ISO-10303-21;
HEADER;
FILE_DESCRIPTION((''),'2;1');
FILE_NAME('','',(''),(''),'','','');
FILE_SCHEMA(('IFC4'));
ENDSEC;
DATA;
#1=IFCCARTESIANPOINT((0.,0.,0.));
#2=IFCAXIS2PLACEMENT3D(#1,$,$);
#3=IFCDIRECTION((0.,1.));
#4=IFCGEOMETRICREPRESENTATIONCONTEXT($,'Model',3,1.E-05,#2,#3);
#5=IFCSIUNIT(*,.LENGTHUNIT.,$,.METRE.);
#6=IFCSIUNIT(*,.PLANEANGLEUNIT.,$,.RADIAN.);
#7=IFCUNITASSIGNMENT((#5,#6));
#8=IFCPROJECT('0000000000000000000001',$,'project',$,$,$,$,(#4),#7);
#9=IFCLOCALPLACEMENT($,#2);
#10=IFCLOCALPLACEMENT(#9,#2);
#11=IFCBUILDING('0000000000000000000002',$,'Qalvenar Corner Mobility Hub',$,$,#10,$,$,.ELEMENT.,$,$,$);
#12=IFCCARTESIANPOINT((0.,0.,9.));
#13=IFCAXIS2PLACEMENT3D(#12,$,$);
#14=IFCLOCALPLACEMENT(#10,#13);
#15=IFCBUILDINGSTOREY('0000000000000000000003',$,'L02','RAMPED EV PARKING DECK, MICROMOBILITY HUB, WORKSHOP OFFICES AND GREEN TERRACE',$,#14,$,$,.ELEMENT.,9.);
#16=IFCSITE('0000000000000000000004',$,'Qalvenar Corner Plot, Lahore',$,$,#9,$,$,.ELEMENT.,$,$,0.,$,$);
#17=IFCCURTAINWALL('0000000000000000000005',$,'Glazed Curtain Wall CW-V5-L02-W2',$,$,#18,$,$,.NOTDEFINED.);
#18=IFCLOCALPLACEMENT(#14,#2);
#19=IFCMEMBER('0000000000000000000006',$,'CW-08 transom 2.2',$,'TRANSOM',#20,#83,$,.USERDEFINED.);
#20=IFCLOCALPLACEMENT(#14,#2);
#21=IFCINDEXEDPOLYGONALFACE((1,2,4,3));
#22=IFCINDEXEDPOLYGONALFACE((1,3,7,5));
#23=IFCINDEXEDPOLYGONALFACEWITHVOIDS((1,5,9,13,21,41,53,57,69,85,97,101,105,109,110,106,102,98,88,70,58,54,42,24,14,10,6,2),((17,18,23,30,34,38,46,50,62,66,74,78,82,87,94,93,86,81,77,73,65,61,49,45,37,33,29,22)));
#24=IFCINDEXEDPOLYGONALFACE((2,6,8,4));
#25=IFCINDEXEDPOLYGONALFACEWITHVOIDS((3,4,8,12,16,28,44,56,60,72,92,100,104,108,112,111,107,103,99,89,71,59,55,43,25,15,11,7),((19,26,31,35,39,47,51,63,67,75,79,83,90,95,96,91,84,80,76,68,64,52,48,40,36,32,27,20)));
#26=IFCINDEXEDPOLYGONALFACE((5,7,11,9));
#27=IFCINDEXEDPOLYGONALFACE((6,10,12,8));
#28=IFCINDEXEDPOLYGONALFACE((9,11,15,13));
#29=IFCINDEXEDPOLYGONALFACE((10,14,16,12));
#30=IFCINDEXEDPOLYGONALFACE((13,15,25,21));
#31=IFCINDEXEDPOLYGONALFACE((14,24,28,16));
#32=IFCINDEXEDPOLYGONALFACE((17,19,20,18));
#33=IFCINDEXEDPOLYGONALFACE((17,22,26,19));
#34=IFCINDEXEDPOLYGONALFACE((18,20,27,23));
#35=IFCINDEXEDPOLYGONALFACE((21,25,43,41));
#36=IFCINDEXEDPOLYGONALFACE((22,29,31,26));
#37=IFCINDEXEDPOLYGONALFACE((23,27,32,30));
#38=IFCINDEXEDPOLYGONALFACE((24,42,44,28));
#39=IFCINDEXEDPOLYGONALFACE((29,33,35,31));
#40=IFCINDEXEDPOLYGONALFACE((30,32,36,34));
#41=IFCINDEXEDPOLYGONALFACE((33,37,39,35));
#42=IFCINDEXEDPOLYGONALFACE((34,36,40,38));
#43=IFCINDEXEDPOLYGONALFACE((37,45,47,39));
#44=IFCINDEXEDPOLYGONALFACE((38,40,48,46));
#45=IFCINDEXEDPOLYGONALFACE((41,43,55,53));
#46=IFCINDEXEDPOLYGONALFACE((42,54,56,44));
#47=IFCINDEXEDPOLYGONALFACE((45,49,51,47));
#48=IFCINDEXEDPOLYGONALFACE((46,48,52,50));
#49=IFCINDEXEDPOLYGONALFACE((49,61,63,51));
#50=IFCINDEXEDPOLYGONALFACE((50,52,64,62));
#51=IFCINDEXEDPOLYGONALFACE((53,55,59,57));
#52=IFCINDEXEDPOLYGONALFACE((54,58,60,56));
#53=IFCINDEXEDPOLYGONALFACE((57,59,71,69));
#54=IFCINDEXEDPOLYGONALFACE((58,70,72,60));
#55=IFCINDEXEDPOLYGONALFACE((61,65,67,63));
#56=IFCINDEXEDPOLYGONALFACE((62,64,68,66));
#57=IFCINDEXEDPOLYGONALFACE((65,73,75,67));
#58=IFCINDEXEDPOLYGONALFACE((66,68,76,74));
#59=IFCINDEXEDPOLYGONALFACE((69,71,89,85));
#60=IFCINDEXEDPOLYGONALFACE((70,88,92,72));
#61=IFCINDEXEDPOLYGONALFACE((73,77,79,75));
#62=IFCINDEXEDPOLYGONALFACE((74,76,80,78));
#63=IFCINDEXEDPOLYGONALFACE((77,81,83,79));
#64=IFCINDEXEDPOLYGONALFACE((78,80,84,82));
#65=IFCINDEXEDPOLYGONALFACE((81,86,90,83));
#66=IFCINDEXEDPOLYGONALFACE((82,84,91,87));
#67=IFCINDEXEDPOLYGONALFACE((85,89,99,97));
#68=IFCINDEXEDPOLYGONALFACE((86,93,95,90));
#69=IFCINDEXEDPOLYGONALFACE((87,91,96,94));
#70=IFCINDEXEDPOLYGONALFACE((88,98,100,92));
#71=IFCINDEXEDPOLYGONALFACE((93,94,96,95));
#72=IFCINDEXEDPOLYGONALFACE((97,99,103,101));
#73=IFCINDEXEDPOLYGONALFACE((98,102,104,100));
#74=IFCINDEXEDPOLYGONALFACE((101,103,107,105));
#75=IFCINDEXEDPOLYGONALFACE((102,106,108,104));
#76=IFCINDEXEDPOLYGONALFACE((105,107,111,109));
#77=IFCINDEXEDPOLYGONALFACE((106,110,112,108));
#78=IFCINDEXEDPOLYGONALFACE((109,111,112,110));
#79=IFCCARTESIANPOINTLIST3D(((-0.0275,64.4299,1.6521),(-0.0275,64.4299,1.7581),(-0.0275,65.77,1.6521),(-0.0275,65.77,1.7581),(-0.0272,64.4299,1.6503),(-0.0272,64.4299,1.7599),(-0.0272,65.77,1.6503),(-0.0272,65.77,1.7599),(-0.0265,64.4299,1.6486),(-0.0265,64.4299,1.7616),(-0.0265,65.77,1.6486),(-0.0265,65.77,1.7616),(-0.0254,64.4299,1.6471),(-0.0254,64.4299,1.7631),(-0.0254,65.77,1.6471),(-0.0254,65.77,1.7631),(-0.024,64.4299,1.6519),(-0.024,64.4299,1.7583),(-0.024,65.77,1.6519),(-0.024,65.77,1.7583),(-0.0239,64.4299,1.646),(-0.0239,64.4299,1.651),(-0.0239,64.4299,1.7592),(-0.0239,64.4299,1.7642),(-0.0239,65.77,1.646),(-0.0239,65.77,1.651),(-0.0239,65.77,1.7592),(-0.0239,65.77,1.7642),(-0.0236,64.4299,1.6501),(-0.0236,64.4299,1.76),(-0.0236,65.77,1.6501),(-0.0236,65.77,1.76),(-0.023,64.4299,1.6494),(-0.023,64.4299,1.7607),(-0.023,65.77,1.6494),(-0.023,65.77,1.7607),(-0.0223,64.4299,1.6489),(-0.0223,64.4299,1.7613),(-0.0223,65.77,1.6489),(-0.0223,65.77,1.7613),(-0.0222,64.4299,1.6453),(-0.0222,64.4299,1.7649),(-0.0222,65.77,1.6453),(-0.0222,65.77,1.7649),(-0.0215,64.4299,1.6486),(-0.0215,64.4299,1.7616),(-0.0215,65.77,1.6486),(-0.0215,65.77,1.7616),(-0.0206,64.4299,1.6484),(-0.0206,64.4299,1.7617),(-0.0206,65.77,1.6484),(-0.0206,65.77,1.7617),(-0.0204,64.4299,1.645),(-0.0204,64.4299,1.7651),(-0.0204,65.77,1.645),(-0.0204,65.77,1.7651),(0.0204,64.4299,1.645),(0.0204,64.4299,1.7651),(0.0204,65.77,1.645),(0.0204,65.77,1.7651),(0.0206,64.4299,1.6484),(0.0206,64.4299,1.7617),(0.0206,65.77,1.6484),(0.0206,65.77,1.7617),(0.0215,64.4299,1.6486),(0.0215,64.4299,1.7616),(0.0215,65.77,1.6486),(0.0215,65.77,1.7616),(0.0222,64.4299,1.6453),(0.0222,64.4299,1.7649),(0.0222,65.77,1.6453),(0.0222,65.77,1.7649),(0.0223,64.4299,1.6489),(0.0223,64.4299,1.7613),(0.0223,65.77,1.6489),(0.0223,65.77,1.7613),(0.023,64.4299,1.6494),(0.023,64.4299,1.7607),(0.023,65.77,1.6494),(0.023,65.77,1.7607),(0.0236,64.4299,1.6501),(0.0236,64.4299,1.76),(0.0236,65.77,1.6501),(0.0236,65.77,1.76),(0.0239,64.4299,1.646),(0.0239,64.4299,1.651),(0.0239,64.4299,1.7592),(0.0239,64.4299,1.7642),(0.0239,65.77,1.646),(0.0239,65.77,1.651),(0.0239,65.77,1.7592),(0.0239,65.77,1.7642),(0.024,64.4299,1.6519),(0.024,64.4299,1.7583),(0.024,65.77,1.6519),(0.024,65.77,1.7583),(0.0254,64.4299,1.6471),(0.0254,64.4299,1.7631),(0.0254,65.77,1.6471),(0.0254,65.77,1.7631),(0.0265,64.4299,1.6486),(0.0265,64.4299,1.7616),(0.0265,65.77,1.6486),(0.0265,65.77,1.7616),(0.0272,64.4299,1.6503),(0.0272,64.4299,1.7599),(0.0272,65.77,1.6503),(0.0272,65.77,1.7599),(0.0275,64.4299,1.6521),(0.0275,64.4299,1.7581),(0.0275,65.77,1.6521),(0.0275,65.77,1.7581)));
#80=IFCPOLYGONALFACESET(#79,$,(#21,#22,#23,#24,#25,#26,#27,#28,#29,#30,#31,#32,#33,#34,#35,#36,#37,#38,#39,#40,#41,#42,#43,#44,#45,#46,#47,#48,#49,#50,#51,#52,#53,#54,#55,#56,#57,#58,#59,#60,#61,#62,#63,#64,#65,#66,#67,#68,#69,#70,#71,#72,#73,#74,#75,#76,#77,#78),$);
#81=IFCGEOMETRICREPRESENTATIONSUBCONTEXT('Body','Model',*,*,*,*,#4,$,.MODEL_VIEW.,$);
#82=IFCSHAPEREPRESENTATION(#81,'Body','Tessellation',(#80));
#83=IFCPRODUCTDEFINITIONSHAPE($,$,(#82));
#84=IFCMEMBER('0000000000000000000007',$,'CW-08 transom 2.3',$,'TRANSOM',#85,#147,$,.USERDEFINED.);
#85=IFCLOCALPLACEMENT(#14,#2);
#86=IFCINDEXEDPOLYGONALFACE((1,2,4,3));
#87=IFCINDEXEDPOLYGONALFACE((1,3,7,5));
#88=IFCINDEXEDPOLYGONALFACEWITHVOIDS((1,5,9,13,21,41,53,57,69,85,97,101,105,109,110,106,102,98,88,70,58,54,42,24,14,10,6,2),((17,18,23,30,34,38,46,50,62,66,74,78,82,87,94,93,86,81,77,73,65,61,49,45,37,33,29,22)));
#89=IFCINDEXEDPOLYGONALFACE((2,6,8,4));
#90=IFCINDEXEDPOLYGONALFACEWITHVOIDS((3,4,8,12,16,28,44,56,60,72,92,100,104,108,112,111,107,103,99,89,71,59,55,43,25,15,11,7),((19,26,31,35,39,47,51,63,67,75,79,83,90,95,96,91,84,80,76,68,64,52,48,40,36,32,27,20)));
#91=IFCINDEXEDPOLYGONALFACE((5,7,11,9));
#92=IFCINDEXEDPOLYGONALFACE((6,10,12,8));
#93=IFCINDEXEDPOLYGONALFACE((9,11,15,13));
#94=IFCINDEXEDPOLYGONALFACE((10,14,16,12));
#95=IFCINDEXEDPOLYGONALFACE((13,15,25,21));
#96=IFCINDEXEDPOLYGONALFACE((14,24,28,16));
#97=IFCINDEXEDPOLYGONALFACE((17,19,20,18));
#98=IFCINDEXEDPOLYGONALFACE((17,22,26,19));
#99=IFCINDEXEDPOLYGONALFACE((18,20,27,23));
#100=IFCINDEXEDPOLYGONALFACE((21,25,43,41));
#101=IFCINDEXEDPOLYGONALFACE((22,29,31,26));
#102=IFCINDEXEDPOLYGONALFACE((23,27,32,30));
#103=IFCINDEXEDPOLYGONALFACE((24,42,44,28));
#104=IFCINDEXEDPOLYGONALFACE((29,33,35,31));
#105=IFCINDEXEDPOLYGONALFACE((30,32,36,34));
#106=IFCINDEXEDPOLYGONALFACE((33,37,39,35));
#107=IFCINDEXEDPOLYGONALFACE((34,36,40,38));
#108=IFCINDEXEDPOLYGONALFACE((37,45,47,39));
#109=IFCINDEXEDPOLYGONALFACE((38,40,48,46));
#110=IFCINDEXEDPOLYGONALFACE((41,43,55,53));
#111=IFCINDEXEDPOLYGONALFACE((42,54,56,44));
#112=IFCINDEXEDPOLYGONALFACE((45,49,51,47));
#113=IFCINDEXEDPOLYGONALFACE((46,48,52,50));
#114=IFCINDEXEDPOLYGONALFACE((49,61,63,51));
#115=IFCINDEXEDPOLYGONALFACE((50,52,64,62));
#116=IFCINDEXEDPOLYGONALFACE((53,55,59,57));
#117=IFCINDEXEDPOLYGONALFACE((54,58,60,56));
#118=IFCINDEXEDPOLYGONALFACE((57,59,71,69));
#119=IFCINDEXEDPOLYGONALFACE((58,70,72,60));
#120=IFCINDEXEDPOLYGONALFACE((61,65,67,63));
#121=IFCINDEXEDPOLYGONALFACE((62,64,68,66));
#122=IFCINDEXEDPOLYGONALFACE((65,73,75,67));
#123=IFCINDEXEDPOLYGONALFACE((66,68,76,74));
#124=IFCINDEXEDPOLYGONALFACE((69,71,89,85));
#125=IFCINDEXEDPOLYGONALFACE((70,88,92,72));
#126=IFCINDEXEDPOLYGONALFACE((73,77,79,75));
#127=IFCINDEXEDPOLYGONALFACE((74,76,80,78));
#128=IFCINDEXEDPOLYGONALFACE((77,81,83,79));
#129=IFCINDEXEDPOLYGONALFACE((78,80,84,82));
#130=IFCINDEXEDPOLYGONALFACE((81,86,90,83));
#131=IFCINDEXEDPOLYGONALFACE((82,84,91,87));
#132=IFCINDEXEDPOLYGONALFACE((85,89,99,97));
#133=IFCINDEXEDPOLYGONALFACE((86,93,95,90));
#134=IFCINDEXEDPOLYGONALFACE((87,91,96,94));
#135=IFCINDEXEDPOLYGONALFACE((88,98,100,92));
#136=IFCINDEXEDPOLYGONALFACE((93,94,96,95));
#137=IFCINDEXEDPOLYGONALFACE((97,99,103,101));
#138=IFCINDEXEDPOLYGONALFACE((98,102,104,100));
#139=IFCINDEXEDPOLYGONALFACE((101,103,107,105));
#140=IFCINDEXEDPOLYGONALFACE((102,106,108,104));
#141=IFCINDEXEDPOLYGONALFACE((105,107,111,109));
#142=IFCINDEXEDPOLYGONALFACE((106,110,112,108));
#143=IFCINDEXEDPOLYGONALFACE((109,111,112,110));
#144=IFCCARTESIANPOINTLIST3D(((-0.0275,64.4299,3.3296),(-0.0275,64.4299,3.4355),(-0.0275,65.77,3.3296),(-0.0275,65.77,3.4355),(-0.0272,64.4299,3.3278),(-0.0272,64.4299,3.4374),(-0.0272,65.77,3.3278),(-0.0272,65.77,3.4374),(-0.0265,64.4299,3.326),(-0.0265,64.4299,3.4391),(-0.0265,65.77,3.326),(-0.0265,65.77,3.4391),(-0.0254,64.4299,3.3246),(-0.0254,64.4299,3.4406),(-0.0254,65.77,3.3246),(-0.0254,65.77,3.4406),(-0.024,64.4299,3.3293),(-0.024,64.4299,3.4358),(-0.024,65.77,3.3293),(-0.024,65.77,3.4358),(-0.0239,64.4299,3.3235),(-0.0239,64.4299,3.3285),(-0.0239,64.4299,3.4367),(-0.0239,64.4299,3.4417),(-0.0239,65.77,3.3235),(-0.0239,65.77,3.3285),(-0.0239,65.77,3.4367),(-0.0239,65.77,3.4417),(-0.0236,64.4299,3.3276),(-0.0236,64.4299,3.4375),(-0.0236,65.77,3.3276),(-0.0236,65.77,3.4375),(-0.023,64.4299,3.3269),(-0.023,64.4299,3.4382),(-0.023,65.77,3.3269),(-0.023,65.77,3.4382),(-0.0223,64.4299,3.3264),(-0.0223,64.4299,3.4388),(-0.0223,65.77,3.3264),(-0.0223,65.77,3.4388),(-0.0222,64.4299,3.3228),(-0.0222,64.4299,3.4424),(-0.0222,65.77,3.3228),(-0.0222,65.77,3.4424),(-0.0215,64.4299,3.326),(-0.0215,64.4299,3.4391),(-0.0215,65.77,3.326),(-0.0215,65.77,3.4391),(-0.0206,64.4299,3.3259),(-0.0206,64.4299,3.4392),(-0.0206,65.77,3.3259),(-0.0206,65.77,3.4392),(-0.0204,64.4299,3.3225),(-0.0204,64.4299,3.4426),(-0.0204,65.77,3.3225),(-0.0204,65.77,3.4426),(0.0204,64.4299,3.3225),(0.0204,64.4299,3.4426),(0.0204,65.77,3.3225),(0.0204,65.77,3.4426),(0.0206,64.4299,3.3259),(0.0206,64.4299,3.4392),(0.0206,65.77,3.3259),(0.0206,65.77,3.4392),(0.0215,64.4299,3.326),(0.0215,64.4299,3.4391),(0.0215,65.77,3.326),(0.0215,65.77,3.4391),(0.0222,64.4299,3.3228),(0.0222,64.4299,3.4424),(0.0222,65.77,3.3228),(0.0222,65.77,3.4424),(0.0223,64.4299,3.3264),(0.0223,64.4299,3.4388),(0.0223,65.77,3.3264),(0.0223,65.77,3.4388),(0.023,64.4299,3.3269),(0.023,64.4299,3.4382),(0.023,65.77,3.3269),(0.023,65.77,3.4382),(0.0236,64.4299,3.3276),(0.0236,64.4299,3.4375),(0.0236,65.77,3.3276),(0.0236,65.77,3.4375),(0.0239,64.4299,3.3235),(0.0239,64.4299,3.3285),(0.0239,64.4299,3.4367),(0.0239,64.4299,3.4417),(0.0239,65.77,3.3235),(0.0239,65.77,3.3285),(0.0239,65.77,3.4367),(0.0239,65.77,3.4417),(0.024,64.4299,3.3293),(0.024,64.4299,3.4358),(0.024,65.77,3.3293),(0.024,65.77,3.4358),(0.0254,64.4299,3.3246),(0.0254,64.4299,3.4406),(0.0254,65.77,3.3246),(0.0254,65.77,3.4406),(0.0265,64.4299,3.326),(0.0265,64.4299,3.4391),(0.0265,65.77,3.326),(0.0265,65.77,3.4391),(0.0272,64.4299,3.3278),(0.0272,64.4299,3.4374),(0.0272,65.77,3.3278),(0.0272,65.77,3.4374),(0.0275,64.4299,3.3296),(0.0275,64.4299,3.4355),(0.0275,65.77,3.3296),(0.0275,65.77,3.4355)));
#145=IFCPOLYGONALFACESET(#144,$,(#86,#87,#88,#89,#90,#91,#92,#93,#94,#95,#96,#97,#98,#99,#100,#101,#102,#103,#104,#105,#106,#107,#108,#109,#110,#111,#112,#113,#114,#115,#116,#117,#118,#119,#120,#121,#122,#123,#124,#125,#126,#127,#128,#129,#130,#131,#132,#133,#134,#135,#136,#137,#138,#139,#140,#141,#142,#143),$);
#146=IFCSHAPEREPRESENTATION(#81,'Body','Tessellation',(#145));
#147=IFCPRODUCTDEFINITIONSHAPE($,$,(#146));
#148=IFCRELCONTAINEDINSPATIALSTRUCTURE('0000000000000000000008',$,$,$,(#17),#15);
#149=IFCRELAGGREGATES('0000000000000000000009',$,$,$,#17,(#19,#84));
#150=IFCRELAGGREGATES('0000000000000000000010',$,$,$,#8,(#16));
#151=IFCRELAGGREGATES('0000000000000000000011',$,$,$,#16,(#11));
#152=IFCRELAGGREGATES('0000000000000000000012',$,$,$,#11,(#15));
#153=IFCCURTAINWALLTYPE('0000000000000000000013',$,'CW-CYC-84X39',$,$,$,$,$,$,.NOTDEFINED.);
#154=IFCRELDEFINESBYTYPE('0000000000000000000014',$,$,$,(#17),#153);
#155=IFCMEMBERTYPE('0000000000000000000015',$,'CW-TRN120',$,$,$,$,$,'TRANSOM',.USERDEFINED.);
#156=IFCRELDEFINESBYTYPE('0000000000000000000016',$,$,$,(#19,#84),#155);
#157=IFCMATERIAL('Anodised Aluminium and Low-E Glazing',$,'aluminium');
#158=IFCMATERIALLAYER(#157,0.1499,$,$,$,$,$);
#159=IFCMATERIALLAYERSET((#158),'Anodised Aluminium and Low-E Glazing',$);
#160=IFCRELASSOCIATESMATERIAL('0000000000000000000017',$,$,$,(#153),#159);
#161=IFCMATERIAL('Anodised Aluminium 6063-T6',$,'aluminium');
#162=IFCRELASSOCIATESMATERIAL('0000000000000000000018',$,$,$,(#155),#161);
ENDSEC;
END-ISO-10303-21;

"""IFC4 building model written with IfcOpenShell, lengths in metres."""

from ifc_helpers import new_model, si_unit, direction, frame, origin, origin_2d, place, context, subcontext, project, spatial, hollow_rectangle, extrude, material, layer, layer_set, material_profile, profile_set, type_object, element, aggregate, save


model = new_model("IFC4")

# Units and contexts
model_context = context("Model", 3, precision=1e-05, world=origin(), true_north=direction((0.0, 1.0)))
body_context = subcontext(model_context, "Body", "Model", "MODEL_VIEW")
ifc_project = project(units=[si_unit("LENGTHUNIT", "METRE"), si_unit("PLANEANGLEUNIT", "RADIAN")], contexts=[model_context])

# Site, building, storey
site_placement = place(None, origin())
site = spatial("IfcSite", under=ifc_project, at=site_placement, Name="Qalvenar Corner Plot, Lahore", CompositionType="ELEMENT", RefElevation=0.0)
building_placement = place(site_placement, origin())
building = spatial("IfcBuilding", under=site, at=building_placement, Name="Qalvenar Corner Mobility Hub", CompositionType="ELEMENT")
storey_placement = place(building_placement, frame((0.0, 0.0, 9.0)))
storey = spatial("IfcBuildingStorey", under=building, at=storey_placement, Name="L02", Description="RAMPED EV PARKING DECK, MICROMOBILITY HUB, WORKSHOP OFFICES AND GREEN TERRACE", CompositionType="ELEMENT", Elevation=9.0)

# Curtain wall, members
ifc_material_1 = material(Name="Anodised Aluminium and Low-E Glazing", Category="aluminium")
ifc_layer_1 = layer(ifc_material_1, 0.1499)
ifc_layer_set_1 = layer_set([ifc_layer_1], Name="Anodised Aluminium and Low-E Glazing")
curtain_wall_type = type_object("IfcCurtainWallType", Name="CW-CYC-84X39", PredefinedType="NOTDEFINED", material=ifc_layer_set_1)
curtain_wall_placement = place(storey_placement, origin())
curtain_wall = element("IfcCurtainWall", 1, at=curtain_wall_placement, inside=storey, type_object=curtain_wall_type, Name="Glazed Curtain Wall CW-V5-L02-W2", PredefinedType="NOTDEFINED")
ifc_material_2 = material(Name="Anodised Aluminium 6063-T6", Category="aluminium")
ifc_material_profile_1 = material_profile(ifc_material_2, hollow_rectangle(XDim=0.0549, YDim=0.1201, WallThickness=0.0034, InnerFilletRadius=0.0034, OuterFilletRadius=0.0071, at=origin_2d()), Name="RHS120x55x3.5")
ifc_profile_set_1 = profile_set([ifc_material_profile_1], Name="Anodised Aluminium 6063-T6")
member_type_1 = type_object("IfcMemberType", Name="CW-TRN120", ElementType="TRANSOM", PredefinedType="USERDEFINED", material=ifc_profile_set_1)
member_1_placement = place(storey_placement, frame((0.0, 65.77, 1.7051), z_axis=(0.0, -1.0, 0.0), x_axis=(1.0, 0.0, 0.0)))
member_1 = element("IfcMember", 2, at=member_1_placement, type_object=member_type_1, Name="CW-08 transom 2.2", ObjectType="TRANSOM", PredefinedType="USERDEFINED", context=body_context, shape_type="SweptSolid", body=[
    extrude(hollow_rectangle(XDim=0.0549, YDim=0.1201, WallThickness=0.0034, InnerFilletRadius=0.0034, OuterFilletRadius=0.0071, at=origin_2d()), origin(), (0.0, 0.0, 1.0), 1.3401),
])
member_2_placement = place(storey_placement, frame((0.0, 65.77, 3.3826), z_axis=(0.0, -1.0, 0.0), x_axis=(1.0, 0.0, 0.0)))
member_2 = element("IfcMember", 3, at=member_2_placement, type_object=member_type_1, Name="CW-08 transom 2.3", ObjectType="TRANSOM", PredefinedType="USERDEFINED", context=body_context, shape_type="SweptSolid", body=[
    extrude(hollow_rectangle(XDim=0.0549, YDim=0.1201, WallThickness=0.0034, InnerFilletRadius=0.0034, OuterFilletRadius=0.0071, at=origin_2d()), origin(), (0.0, 0.0, 1.0), 1.3401),
])

aggregate(curtain_wall, [member_1, member_2])

save(model, "model.ifc")
